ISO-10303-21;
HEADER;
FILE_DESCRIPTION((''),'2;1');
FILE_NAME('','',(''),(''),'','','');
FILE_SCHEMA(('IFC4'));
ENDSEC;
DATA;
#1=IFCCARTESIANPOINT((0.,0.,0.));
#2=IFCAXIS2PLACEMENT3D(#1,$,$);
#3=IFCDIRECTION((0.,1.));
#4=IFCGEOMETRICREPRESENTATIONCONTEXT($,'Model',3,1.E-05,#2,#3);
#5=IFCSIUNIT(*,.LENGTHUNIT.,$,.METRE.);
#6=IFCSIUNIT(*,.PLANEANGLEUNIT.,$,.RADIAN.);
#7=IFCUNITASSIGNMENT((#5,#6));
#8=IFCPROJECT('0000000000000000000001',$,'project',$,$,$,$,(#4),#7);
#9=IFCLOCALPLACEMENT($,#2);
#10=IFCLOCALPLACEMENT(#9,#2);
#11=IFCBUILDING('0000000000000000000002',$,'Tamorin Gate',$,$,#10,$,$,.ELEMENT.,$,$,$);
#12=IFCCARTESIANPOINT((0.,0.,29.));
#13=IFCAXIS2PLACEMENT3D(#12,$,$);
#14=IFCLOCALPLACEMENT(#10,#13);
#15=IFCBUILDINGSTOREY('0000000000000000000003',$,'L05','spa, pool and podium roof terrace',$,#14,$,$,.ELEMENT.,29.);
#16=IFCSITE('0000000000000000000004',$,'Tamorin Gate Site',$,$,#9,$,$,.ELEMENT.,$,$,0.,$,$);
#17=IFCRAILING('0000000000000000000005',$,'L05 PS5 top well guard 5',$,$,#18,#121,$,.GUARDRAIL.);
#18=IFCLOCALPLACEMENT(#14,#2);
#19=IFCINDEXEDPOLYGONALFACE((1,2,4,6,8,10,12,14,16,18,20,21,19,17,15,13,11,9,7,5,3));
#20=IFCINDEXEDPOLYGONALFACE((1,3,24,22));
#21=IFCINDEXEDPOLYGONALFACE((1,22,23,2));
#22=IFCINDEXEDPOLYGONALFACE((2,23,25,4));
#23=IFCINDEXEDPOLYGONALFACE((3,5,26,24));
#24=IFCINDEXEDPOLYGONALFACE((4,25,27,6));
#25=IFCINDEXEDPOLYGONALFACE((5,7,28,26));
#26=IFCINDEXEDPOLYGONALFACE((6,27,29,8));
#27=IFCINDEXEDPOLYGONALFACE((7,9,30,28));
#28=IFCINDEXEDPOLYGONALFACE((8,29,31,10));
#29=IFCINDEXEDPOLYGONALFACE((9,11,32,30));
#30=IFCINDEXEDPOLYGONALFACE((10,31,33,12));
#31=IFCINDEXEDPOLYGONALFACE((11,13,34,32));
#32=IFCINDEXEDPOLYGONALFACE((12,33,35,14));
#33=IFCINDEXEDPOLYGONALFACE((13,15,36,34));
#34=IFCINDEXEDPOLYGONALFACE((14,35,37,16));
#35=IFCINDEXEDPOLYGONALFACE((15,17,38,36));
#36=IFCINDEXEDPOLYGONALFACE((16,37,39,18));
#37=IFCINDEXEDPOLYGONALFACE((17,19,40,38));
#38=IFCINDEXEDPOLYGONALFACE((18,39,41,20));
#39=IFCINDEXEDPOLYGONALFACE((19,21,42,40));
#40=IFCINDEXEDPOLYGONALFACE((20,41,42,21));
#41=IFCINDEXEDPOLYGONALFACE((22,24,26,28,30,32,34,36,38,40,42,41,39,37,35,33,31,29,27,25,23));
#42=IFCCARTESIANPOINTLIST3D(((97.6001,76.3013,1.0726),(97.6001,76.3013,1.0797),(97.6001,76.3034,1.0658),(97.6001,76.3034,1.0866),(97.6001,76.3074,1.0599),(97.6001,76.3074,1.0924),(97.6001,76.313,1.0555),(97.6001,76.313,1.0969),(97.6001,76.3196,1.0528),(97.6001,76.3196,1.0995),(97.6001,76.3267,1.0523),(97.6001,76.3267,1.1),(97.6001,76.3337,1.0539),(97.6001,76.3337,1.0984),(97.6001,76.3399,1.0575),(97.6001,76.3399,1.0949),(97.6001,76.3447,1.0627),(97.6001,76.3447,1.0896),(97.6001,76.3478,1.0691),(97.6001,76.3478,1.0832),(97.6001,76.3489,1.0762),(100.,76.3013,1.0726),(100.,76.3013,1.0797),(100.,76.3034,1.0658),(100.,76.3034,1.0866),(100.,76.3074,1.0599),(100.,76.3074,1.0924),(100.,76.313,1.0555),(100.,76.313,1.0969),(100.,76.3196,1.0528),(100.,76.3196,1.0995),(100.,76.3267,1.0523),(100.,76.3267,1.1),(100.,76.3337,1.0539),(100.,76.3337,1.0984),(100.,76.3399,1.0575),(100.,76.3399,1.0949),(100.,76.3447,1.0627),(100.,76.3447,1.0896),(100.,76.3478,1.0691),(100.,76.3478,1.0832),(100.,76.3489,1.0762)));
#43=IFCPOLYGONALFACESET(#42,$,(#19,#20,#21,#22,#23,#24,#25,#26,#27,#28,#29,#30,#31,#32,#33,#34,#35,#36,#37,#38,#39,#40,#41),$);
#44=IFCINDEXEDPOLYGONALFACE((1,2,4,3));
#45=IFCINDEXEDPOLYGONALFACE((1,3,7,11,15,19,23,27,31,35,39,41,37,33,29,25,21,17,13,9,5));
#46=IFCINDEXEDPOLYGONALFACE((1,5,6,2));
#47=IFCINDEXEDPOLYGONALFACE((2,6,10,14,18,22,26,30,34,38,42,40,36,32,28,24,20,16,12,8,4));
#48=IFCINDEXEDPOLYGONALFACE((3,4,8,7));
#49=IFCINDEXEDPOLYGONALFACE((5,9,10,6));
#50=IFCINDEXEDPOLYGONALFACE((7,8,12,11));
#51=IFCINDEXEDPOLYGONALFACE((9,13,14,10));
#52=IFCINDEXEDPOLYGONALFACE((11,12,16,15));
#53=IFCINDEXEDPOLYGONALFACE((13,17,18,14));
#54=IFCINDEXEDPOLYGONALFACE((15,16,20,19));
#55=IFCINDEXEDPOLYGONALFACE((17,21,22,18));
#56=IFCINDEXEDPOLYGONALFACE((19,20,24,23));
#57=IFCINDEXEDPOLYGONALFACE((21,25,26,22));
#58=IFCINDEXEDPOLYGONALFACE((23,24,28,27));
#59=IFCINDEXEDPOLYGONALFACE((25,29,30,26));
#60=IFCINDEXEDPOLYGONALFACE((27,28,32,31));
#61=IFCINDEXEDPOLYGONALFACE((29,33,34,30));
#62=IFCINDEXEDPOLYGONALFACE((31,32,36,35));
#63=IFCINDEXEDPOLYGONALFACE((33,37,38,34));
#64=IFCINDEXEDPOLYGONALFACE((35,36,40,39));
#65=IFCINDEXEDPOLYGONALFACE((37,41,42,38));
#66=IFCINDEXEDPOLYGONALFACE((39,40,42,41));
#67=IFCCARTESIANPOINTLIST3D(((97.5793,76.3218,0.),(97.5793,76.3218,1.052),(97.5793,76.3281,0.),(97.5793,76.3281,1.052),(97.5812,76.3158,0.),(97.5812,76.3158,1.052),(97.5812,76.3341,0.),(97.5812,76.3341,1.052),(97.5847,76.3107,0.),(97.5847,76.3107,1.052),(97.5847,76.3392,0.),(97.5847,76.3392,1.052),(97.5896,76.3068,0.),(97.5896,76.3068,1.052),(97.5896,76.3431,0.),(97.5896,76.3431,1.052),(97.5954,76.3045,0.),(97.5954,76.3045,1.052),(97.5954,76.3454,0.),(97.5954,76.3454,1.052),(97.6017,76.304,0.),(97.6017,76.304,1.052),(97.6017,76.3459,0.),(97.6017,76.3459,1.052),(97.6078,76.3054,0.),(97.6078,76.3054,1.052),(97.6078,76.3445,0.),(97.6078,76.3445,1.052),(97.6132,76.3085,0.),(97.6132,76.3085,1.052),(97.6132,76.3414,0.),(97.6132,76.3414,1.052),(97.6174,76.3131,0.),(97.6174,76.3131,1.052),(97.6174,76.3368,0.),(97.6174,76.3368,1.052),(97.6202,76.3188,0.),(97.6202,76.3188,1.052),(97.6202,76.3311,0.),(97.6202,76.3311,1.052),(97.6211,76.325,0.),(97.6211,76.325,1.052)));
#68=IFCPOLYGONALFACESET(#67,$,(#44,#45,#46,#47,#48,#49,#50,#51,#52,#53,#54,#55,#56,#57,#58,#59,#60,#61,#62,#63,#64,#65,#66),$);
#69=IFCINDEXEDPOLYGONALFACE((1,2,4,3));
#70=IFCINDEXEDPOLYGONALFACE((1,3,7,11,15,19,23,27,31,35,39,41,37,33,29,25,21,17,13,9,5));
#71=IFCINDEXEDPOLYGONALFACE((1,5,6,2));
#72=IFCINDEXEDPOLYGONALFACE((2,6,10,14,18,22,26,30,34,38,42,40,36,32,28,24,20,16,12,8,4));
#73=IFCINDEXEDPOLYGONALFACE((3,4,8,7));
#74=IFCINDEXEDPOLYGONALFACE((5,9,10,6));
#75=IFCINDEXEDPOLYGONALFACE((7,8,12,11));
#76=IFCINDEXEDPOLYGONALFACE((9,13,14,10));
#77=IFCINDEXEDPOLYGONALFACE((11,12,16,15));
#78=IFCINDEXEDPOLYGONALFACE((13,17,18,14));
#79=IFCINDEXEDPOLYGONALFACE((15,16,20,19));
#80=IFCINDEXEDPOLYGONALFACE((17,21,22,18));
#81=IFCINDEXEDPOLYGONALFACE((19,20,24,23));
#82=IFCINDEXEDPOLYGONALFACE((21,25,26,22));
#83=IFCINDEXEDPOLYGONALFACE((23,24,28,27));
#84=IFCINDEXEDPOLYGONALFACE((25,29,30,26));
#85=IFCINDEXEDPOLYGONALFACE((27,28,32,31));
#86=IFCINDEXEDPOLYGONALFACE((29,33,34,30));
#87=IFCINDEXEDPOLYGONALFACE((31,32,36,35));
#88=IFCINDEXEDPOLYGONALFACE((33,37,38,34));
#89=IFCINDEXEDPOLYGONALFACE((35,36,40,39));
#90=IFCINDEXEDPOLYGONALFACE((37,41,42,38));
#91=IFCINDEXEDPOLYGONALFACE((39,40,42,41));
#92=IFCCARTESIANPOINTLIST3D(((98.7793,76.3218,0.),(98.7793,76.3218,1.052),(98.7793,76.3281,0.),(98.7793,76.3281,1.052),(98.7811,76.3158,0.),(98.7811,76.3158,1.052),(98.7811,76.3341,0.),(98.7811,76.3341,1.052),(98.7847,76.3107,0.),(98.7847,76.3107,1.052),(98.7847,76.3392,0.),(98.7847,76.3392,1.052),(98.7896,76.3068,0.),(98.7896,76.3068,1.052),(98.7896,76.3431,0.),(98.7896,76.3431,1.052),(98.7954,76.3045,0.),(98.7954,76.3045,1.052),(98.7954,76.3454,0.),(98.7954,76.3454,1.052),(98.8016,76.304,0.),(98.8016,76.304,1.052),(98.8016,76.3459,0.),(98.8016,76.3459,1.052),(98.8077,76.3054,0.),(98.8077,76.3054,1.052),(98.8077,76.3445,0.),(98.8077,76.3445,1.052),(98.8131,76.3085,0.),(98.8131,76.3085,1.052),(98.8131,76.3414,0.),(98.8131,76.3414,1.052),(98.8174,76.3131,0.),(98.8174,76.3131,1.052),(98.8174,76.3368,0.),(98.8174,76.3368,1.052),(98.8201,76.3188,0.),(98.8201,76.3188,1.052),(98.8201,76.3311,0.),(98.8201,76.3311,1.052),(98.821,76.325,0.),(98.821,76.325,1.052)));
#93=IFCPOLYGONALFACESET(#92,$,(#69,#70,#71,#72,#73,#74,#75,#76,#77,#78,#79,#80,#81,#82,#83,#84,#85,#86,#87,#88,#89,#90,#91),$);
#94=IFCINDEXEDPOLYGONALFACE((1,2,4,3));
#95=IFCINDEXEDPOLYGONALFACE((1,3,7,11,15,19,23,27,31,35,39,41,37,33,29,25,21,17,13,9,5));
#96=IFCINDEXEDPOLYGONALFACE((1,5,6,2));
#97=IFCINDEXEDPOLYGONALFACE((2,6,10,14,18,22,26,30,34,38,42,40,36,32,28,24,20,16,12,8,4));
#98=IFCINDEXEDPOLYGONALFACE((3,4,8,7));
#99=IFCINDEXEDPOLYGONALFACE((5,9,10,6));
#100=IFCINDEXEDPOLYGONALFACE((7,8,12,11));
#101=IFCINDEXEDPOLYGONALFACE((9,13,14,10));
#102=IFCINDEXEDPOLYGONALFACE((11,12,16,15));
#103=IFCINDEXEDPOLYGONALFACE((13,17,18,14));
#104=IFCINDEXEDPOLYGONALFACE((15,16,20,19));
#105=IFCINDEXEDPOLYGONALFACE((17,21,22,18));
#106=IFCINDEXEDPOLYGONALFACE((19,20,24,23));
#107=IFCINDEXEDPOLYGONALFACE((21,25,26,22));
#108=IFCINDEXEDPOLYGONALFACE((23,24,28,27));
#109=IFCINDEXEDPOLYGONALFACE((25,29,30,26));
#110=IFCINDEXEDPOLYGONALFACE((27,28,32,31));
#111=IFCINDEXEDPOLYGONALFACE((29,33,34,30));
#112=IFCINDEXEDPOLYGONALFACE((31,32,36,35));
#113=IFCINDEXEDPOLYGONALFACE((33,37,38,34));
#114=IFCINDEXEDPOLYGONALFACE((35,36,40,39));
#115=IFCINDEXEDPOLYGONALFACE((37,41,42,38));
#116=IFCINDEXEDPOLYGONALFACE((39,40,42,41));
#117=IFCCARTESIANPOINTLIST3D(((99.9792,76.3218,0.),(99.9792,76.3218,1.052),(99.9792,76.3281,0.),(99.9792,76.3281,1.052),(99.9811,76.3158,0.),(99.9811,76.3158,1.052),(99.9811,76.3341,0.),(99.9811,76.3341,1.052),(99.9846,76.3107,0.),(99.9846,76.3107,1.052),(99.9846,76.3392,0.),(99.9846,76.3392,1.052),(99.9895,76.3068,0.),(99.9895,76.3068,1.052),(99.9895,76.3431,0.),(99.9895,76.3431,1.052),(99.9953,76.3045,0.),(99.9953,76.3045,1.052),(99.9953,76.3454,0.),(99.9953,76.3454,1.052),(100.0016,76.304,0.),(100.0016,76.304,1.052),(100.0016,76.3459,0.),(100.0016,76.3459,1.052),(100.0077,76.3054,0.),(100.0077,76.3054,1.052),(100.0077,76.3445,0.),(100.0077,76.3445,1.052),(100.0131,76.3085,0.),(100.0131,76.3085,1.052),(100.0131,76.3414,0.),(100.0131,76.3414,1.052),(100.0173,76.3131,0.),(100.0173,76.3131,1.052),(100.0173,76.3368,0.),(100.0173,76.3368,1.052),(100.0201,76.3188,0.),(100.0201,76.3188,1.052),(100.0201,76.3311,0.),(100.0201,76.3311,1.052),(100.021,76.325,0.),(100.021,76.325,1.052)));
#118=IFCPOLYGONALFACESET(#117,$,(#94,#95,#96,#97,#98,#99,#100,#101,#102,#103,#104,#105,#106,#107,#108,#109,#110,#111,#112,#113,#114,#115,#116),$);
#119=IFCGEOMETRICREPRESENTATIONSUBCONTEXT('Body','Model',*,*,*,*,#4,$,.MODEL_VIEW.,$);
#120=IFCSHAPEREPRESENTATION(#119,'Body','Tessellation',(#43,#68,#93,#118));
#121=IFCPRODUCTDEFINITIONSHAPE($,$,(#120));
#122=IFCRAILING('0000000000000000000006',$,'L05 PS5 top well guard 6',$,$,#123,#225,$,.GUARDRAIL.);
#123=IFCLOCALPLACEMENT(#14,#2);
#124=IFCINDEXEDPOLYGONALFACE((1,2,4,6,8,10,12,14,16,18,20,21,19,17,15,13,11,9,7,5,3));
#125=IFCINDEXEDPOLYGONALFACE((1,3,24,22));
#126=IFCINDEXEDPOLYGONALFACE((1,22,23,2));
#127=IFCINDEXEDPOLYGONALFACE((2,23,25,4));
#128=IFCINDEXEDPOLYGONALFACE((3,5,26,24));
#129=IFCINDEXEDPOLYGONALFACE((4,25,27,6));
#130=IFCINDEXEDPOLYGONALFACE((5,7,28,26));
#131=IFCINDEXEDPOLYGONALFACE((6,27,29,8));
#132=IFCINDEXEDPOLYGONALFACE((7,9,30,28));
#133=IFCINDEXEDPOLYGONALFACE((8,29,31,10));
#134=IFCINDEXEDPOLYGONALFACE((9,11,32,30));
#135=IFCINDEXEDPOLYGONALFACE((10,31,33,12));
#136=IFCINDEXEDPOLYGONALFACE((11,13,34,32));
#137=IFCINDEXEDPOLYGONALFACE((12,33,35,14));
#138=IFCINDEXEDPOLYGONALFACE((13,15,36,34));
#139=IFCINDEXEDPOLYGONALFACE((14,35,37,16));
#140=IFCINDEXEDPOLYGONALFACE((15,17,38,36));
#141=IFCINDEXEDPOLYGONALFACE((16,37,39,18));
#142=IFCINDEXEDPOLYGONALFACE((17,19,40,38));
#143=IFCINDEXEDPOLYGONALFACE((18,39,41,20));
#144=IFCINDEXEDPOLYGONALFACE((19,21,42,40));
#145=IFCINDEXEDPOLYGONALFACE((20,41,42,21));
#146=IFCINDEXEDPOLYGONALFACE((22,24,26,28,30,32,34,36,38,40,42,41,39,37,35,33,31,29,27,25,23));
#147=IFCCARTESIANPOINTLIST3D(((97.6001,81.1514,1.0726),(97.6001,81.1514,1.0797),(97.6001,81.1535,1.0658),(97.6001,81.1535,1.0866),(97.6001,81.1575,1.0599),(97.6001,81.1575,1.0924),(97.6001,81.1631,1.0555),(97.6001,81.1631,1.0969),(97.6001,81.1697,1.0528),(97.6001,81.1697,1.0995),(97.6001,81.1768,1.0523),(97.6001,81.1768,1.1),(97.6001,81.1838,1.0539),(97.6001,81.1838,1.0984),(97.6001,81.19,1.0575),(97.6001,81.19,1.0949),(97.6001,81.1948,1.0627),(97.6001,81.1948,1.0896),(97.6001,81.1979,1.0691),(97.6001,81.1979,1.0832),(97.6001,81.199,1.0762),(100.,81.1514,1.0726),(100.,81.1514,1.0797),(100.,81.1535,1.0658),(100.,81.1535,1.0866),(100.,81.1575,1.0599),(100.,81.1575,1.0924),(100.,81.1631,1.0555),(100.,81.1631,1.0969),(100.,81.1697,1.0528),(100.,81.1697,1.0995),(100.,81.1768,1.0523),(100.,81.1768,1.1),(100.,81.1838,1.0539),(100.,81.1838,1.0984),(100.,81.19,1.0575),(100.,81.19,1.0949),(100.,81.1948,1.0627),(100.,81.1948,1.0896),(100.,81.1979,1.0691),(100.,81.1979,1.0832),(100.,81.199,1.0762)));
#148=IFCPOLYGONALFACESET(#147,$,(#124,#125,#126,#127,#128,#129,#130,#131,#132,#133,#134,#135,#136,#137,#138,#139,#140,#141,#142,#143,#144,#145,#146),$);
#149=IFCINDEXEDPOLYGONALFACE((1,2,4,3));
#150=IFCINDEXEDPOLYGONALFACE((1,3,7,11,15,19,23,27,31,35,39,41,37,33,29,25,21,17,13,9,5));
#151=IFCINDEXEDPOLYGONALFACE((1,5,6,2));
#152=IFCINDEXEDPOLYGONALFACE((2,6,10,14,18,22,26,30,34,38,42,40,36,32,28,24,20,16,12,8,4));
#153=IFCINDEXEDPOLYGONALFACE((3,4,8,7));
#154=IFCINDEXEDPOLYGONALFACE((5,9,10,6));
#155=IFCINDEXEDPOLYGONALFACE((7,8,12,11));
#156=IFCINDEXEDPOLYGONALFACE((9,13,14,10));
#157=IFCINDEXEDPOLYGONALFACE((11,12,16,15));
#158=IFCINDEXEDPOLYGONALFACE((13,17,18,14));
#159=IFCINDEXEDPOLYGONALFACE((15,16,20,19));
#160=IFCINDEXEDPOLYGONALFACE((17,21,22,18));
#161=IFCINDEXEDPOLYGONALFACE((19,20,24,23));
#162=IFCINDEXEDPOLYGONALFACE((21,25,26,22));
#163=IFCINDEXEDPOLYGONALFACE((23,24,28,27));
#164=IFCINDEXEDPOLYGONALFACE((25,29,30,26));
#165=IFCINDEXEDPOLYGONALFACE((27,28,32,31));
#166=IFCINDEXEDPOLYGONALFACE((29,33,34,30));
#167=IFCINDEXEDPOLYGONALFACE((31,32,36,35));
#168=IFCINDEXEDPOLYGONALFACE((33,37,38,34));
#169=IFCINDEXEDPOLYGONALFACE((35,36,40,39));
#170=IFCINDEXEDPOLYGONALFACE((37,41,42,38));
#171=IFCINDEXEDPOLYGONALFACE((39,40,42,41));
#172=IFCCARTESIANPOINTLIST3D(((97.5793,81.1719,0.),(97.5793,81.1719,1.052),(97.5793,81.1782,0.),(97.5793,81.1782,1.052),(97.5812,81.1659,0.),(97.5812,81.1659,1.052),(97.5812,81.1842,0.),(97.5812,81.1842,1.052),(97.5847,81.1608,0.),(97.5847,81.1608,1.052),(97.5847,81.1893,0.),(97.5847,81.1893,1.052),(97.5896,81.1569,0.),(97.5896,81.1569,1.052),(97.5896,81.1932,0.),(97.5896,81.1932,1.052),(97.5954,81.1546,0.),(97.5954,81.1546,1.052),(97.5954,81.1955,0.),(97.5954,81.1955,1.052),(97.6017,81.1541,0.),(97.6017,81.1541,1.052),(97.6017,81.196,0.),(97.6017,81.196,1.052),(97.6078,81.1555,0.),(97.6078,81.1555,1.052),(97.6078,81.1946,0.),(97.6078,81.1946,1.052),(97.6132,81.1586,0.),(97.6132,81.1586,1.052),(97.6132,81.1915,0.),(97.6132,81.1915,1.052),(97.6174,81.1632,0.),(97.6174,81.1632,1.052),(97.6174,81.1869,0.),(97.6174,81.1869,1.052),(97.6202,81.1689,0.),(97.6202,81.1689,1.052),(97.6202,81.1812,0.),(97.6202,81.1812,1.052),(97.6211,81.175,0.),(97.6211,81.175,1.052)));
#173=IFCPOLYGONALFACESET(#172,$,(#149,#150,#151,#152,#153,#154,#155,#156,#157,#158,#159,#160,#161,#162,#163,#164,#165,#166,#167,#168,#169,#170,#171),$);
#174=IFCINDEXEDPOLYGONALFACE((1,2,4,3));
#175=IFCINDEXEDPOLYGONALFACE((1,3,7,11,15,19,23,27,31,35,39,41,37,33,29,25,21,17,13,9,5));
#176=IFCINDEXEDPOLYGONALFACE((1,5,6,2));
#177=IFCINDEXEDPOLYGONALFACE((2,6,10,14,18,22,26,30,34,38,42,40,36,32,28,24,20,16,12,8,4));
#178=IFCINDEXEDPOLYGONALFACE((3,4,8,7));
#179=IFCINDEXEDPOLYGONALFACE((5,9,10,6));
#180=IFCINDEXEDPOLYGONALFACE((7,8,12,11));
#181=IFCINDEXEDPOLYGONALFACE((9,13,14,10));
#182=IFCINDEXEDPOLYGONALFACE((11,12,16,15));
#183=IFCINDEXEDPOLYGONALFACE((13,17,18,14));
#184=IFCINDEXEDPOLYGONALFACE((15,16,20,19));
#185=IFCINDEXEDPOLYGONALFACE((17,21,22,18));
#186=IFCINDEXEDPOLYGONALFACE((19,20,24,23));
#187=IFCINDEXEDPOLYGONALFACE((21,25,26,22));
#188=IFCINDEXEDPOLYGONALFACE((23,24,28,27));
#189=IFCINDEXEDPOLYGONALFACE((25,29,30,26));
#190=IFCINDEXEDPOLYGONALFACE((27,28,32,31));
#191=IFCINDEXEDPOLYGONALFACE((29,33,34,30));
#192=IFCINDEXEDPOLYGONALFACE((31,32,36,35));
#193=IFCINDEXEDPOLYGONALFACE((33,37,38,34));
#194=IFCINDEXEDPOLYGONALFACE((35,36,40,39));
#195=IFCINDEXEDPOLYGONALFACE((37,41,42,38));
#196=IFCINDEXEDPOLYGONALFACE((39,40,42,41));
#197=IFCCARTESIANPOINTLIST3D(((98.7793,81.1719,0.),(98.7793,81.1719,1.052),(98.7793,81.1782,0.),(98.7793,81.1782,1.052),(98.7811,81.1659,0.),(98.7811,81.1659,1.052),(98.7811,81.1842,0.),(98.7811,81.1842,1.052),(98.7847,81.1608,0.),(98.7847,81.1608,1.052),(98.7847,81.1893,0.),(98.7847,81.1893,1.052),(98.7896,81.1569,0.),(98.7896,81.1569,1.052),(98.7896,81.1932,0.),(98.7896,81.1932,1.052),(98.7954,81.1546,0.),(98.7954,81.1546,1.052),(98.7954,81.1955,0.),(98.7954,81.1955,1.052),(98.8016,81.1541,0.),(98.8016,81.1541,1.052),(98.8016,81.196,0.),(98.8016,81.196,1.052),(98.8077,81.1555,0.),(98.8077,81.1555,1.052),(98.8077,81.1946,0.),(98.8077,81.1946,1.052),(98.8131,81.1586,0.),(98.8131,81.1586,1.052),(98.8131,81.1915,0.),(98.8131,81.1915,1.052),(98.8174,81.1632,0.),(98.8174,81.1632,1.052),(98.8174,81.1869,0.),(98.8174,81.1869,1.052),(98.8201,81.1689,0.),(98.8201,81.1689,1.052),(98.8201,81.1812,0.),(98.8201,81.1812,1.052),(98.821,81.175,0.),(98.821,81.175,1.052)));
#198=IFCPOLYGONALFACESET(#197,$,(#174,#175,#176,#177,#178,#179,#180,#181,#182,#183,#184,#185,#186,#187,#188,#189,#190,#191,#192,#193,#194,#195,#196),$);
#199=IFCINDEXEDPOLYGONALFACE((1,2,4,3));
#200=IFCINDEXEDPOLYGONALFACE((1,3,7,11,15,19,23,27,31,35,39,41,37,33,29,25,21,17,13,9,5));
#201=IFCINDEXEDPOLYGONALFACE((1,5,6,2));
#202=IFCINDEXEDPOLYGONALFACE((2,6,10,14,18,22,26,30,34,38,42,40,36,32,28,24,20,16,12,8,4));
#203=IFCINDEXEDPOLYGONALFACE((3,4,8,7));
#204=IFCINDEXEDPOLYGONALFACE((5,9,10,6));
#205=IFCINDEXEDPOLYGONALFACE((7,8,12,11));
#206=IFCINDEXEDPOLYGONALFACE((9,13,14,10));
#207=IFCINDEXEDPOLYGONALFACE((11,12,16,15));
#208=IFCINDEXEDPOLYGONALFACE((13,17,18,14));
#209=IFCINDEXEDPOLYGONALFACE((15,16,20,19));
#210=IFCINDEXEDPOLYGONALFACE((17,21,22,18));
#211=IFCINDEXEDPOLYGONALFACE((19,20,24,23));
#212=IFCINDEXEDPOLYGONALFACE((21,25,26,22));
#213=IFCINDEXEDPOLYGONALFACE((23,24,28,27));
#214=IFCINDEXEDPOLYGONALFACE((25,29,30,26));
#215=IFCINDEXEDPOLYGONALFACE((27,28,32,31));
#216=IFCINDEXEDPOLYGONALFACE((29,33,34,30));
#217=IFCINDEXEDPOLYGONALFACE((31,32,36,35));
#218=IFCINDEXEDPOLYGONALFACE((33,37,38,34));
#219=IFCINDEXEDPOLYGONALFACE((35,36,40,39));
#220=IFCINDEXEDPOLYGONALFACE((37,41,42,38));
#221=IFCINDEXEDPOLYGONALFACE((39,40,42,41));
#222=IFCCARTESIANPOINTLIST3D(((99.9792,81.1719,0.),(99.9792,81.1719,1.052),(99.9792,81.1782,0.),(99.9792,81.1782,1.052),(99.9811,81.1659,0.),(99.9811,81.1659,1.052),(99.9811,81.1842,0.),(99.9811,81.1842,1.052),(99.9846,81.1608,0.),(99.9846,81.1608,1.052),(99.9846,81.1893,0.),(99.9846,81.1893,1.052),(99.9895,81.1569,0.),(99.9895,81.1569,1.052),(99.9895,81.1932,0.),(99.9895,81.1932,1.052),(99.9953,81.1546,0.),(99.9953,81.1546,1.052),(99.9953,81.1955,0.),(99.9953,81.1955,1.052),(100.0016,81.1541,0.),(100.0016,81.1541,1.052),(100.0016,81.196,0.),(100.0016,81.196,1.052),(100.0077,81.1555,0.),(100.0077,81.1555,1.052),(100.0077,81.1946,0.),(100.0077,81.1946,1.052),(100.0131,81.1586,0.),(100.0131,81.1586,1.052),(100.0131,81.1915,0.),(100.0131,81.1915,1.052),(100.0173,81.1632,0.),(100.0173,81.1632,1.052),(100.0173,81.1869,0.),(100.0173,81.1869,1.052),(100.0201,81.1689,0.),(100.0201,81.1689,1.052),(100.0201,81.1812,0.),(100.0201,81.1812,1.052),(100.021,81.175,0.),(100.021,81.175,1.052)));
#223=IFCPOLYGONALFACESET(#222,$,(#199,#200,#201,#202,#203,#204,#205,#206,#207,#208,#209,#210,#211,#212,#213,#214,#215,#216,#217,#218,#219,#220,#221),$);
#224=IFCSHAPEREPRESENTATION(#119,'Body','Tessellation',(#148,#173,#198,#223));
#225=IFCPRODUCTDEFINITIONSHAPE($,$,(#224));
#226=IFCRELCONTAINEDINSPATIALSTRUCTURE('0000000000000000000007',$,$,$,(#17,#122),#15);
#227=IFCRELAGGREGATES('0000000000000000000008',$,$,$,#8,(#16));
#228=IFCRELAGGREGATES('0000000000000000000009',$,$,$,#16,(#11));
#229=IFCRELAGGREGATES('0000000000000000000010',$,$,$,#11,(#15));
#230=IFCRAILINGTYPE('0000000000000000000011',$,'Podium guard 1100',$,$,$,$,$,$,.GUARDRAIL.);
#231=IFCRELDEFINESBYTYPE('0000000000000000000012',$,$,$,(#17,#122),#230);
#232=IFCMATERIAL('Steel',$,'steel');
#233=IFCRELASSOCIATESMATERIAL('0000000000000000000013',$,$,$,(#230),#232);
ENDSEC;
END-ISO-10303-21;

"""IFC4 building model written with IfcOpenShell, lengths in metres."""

from ifc_helpers import new_model, si_unit, direction, frame, origin, origin_2d, place, context, subcontext, project, spatial, circle, extrude, material, type_object, element, save


model = new_model("IFC4")

# Units and contexts
model_context = context("Model", 3, precision=1e-05, world=origin(), true_north=direction((0.0, 1.0)))
body_context = subcontext(model_context, "Body", "Model", "MODEL_VIEW")
ifc_project = project(units=[si_unit("LENGTHUNIT", "METRE"), si_unit("PLANEANGLEUNIT", "RADIAN")], contexts=[model_context])

# Site, building, storey
site_placement = place(None, origin())
site = spatial("IfcSite", under=ifc_project, at=site_placement, Name="Tamorin Gate Site", CompositionType="ELEMENT", RefElevation=0.0)
building_placement = place(site_placement, origin())
building = spatial("IfcBuilding", under=site, at=building_placement, Name="Tamorin Gate", CompositionType="ELEMENT")
storey_placement = place(building_placement, frame((0.0, 0.0, 29.0)))
storey = spatial("IfcBuildingStorey", under=building, at=storey_placement, Name="L05", Description="spa, pool and podium roof terrace", CompositionType="ELEMENT", Elevation=29.0)

# Railings
ifc_material_1 = material(Name="Steel", Category="steel")
railing_type = type_object("IfcRailingType", Name="Podium guard 1100", PredefinedType="GUARDRAIL", material=ifc_material_1)
for number, where, name in (
    (1, (97.6001, 76.325, 0.0), "L05 PS5 top well guard 5"),
    (2, (97.6001, 81.175, 0.0), "L05 PS5 top well guard 6"),
):
    element("IfcRailing", number, at=place(storey_placement, frame(where)), inside=storey, type_object=railing_type, Name=name, PredefinedType="GUARDRAIL", context=body_context, shape_type="SweptSolid", body=[
        extrude(circle(Radius=0.0239, at=origin_2d()), frame((0.0, 0.0, 1.0762), z_axis=(1.0, 0.0, 0.0), x_axis=(0.0, 1.0, 0.0)), (0.0, 0.0, 1.0), 2.3999),
        extrude(circle(Radius=0.021, at=origin_2d()), origin(), (0.0, 0.0, 1.0), 1.052),
        extrude(circle(Radius=0.021, at=origin_2d()), frame((1.2, 0.0, 0.0)), (0.0, 0.0, 1.0), 1.052),
        extrude(circle(Radius=0.021, at=origin_2d()), frame((2.3999, 0.0, 0.0)), (0.0, 0.0, 1.0), 1.052),
    ])

save(model, "model.ifc")
